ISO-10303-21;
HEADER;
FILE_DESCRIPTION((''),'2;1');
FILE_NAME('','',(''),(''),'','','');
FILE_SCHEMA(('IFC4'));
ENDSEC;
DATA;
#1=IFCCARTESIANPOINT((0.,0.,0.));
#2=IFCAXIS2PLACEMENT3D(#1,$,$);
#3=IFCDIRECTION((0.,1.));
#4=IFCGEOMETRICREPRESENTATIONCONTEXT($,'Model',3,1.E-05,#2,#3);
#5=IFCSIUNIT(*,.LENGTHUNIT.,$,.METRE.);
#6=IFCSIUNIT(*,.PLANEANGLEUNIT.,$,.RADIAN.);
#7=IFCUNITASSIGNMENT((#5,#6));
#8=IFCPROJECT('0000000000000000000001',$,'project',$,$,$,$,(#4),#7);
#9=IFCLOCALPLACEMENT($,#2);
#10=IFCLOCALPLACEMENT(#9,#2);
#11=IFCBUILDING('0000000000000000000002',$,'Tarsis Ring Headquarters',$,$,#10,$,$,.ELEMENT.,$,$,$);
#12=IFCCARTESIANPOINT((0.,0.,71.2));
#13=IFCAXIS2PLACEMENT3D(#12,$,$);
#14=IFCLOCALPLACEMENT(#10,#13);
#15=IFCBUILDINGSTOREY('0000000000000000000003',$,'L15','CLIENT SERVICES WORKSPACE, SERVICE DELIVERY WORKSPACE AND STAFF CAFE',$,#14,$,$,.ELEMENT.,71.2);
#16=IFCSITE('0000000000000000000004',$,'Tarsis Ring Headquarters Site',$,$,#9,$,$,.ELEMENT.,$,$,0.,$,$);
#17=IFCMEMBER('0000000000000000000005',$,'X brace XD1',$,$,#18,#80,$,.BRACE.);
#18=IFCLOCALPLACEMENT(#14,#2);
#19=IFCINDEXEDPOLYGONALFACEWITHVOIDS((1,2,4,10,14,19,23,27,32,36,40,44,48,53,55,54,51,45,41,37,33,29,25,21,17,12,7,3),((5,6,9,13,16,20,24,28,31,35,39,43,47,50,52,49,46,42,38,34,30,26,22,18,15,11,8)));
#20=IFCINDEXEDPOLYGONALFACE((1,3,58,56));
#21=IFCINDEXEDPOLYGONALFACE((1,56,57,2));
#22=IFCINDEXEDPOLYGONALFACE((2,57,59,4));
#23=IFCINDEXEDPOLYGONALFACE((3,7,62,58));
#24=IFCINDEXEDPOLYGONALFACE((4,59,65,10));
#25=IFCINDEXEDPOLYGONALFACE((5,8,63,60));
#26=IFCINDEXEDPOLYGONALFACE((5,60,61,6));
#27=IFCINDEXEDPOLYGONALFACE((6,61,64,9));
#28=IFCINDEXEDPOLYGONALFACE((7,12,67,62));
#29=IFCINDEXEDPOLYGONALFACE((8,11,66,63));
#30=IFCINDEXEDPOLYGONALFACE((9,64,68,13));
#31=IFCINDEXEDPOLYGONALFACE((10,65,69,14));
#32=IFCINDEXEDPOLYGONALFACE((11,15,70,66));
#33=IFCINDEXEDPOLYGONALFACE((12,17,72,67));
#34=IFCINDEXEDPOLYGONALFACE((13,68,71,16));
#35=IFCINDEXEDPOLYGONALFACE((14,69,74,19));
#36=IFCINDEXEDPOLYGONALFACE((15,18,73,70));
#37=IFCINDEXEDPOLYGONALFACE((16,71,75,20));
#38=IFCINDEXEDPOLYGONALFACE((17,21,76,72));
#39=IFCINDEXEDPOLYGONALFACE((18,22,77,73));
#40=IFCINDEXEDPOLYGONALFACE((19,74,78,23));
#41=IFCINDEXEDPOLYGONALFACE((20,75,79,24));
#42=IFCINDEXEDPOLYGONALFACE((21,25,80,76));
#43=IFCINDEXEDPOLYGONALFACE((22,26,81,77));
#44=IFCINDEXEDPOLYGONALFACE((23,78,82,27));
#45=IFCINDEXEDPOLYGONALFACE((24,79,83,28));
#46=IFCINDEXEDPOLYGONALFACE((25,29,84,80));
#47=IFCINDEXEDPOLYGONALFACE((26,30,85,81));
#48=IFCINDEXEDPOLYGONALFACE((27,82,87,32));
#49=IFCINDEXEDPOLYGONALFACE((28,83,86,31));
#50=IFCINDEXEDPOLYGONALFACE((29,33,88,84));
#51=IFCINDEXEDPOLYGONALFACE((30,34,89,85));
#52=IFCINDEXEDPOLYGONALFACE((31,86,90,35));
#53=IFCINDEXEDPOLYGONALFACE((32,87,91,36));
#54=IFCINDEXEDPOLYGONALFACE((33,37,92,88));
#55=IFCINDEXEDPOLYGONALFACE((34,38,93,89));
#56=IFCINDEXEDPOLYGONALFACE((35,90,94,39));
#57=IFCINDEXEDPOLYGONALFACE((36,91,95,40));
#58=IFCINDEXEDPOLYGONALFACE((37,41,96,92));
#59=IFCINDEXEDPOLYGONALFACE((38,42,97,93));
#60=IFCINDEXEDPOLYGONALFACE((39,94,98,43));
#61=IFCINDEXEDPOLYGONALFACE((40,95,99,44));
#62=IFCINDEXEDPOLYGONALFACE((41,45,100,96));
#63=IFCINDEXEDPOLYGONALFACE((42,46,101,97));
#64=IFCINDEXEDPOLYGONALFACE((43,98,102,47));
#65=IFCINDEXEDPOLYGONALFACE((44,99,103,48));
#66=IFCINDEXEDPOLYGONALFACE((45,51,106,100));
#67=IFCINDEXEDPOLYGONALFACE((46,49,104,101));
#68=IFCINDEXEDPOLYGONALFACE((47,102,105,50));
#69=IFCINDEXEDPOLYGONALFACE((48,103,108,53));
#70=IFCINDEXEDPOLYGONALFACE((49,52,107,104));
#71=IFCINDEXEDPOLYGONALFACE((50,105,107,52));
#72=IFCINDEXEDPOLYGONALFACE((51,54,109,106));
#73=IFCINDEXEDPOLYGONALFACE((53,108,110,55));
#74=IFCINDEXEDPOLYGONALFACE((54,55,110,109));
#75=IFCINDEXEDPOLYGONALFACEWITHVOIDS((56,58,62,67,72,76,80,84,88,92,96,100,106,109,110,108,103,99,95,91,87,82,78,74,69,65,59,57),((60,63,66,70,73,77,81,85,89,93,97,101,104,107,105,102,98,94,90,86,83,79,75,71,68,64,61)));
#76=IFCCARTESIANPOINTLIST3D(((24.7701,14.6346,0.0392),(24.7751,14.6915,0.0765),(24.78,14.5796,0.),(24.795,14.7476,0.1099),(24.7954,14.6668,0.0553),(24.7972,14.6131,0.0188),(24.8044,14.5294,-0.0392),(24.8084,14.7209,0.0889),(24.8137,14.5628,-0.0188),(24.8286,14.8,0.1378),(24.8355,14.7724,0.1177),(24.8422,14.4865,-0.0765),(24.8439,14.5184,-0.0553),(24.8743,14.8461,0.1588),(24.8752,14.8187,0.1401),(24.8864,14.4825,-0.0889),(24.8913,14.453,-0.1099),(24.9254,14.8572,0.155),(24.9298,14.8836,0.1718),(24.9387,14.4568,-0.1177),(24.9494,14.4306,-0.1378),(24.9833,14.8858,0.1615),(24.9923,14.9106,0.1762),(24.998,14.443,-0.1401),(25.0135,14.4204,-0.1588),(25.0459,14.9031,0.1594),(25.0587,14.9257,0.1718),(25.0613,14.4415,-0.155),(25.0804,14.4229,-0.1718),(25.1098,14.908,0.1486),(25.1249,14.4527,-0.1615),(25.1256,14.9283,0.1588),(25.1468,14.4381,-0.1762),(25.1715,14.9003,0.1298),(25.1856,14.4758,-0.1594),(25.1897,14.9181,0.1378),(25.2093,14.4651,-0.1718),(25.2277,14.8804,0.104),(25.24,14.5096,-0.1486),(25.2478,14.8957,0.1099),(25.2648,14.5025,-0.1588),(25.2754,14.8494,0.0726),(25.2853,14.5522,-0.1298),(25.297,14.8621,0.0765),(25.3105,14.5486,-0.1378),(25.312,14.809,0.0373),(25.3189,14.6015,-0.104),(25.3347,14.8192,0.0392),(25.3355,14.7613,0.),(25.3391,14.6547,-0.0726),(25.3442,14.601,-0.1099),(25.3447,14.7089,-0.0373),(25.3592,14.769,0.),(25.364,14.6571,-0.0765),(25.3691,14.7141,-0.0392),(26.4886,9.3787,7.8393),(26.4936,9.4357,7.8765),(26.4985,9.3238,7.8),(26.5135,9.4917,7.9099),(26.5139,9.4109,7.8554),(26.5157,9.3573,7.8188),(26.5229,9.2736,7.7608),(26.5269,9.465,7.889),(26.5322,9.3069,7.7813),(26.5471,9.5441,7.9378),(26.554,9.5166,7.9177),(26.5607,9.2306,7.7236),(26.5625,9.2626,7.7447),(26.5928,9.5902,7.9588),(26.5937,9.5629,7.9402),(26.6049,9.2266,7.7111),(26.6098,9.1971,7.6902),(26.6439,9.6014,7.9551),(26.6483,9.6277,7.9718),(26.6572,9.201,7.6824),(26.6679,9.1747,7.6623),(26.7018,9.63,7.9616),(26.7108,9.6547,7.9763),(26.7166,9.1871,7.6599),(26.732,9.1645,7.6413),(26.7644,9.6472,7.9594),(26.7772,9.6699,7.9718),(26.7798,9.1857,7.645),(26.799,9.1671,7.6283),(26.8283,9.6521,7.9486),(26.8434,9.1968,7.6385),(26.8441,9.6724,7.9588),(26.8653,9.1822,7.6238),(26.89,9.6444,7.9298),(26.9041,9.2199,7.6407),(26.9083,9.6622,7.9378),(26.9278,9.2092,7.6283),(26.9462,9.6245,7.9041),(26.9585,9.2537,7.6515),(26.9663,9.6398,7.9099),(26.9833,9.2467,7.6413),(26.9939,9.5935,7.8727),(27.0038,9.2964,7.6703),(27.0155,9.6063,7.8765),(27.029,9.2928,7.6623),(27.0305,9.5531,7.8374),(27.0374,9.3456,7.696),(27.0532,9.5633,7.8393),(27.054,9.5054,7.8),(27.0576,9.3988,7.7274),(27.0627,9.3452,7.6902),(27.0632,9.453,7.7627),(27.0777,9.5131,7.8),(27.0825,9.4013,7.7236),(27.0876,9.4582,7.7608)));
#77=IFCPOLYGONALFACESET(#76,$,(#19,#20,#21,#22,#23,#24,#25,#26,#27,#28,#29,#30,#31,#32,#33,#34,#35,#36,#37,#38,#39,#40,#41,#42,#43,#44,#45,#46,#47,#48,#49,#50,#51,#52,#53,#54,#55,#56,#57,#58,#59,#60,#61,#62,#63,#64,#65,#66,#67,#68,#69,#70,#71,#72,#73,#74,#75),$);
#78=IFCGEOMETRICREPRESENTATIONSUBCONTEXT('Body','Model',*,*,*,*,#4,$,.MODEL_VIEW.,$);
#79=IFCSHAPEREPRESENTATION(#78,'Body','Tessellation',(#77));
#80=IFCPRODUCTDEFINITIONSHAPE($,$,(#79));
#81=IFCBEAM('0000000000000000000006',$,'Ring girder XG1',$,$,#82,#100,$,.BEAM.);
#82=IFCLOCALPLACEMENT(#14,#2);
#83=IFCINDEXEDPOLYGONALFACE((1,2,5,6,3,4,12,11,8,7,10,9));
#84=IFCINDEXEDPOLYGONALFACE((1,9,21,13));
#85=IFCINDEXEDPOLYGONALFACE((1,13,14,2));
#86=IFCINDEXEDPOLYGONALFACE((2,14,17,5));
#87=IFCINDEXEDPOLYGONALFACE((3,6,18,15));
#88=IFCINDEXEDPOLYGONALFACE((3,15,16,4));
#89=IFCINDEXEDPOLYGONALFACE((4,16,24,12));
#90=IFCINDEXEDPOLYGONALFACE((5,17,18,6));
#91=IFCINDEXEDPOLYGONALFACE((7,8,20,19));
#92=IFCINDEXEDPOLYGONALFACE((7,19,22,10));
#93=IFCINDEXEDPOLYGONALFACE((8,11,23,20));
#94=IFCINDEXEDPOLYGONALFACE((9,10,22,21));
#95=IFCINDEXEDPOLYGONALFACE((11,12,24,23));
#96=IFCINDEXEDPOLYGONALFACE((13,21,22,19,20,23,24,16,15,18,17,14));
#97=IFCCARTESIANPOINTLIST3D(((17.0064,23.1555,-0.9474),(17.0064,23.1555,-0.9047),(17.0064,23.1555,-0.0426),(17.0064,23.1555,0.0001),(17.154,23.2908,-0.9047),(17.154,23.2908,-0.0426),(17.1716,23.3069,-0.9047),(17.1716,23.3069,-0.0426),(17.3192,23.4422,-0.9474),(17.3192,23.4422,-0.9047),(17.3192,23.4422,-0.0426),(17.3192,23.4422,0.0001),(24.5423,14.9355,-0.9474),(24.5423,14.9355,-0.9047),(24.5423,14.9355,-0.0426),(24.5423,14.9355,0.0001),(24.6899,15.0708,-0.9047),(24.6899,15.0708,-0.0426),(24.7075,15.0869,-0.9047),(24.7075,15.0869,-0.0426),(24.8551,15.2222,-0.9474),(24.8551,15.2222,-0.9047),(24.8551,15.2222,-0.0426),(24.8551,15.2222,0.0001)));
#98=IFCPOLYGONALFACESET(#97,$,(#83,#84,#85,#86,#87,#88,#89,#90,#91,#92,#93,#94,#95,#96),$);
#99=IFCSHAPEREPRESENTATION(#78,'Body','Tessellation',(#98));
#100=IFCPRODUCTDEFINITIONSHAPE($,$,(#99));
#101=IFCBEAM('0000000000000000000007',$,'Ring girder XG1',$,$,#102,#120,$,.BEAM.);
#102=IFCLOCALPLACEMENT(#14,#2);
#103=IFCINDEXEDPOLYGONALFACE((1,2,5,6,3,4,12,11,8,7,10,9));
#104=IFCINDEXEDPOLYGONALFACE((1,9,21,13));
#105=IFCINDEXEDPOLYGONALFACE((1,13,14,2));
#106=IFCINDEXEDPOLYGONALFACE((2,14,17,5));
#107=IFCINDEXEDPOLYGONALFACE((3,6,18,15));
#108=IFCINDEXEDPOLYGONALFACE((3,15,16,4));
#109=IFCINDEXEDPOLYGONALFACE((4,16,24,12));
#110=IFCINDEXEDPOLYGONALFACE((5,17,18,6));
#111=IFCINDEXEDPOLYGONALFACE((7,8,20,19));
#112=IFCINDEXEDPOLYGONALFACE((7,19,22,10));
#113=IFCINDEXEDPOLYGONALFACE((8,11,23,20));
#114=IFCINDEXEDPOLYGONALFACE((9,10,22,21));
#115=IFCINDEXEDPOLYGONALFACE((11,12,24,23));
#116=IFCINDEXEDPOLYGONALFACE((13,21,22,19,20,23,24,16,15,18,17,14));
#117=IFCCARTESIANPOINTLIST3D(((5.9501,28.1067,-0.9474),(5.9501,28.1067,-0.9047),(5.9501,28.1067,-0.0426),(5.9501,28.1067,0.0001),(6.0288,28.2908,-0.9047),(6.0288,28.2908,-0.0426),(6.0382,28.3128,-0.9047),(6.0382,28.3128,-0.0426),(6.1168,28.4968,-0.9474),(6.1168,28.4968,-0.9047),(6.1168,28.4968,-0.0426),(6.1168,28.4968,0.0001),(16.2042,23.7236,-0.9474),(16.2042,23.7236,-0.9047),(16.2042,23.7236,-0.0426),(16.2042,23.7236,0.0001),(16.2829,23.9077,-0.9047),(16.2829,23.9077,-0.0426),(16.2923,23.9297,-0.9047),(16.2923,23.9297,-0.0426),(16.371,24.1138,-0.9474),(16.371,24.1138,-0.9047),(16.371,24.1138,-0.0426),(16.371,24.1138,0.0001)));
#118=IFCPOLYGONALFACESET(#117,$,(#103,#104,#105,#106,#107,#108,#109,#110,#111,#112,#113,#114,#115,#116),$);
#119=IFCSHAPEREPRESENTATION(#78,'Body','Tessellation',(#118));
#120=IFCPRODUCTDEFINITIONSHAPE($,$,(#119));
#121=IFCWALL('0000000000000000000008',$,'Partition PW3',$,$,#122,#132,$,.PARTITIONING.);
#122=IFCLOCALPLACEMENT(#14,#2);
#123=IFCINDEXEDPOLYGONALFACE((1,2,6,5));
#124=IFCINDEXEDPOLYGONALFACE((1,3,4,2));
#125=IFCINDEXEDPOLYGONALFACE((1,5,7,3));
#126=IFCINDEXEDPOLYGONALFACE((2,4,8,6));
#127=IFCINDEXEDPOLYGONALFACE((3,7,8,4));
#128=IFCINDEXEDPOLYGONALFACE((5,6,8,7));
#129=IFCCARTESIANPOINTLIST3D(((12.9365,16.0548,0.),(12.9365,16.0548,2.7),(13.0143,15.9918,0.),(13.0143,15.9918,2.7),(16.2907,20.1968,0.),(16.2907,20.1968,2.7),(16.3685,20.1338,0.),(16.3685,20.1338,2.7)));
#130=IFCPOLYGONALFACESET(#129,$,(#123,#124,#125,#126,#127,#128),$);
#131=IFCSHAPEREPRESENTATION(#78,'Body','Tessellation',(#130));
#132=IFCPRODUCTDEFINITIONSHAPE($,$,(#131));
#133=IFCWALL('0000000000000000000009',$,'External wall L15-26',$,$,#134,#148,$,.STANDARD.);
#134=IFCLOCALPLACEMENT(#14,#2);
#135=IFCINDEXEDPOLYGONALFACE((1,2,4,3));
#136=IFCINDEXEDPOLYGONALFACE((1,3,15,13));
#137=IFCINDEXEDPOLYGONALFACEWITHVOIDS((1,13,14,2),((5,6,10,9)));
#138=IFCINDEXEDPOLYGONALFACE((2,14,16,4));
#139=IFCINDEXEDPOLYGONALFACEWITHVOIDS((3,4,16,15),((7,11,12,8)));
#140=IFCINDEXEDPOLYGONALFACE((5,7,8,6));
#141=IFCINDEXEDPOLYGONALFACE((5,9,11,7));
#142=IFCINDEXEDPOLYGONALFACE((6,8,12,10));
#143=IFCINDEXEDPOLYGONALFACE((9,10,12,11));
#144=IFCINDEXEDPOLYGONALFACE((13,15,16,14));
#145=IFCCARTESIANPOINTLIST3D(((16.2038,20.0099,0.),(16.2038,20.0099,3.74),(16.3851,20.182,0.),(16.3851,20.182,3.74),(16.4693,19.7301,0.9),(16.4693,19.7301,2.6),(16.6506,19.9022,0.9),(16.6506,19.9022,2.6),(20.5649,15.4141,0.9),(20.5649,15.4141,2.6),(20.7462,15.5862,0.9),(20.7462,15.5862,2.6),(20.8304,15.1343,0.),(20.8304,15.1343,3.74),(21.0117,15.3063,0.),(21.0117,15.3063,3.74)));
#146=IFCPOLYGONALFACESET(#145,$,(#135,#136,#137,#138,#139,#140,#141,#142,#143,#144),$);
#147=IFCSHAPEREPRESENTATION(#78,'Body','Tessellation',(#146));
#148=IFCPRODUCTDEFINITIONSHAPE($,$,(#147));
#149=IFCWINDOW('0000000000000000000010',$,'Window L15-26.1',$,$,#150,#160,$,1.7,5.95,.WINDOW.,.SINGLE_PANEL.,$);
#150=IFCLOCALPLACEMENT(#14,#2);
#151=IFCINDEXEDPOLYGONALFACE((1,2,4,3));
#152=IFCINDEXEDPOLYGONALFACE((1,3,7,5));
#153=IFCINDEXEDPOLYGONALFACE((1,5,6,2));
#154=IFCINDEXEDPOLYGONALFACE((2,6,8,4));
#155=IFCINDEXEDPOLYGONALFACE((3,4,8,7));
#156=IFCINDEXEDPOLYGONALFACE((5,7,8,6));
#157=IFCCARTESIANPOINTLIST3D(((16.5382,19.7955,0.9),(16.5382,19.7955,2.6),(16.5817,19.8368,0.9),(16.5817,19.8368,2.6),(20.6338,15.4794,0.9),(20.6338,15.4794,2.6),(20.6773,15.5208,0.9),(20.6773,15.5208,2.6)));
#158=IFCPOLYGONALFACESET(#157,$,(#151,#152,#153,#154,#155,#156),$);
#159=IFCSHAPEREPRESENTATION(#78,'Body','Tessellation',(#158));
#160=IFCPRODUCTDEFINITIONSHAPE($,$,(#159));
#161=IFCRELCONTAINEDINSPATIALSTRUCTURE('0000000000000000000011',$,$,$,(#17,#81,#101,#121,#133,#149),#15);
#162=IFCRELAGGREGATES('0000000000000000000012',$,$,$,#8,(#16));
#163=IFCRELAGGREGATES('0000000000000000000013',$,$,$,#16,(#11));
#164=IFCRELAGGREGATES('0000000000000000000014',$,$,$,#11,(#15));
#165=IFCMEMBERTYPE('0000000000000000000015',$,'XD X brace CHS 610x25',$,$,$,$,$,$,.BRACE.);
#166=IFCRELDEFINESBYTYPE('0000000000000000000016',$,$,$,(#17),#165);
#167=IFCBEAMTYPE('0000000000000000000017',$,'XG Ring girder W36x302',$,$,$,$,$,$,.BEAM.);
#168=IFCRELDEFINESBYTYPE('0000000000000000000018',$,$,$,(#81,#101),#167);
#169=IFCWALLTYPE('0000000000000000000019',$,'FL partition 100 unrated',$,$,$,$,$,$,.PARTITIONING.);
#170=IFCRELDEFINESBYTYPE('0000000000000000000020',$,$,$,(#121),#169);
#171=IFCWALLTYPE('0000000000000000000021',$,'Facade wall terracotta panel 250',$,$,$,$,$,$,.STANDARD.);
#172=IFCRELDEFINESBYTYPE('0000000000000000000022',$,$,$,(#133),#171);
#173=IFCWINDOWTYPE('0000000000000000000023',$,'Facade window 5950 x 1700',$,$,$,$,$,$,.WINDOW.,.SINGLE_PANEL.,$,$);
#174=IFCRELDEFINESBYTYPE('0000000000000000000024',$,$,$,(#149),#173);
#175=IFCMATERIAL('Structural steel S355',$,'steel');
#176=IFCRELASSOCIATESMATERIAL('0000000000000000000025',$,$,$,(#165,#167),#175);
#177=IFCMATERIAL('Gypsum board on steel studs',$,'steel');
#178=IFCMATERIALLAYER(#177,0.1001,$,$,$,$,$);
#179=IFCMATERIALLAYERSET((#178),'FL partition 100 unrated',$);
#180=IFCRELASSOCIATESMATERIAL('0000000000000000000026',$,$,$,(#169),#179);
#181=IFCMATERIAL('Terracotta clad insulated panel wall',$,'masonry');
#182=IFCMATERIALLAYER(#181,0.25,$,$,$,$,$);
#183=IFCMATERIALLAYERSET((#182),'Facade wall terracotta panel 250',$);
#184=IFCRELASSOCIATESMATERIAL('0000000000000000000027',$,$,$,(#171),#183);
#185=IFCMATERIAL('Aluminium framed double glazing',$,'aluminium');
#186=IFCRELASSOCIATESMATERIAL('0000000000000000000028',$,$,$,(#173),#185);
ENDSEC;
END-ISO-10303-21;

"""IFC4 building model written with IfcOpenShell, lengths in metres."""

from ifc_helpers import new_model, si_unit, direction, frame, frame_2d, origin, origin_2d, place, context, subcontext, project, spatial, rectangle, hollow_circle, i_section, extrude, material, layer, layer_set, material_profile, profile_set, type_object, element, fill, save


model = new_model("IFC4")

# Units and contexts
model_context = context("Model", 3, precision=1e-05, world=origin(), true_north=direction((0.0, 1.0)))
body_context = subcontext(model_context, "Body", "Model", "MODEL_VIEW")
ifc_project = project(units=[si_unit("LENGTHUNIT", "METRE"), si_unit("PLANEANGLEUNIT", "RADIAN")], contexts=[model_context])

# Site, building, storey
site_placement = place(None, origin())
site = spatial("IfcSite", under=ifc_project, at=site_placement, Name="Tarsis Ring Headquarters Site", CompositionType="ELEMENT", RefElevation=0.0)
building_placement = place(site_placement, origin())
building = spatial("IfcBuilding", under=site, at=building_placement, Name="Tarsis Ring Headquarters", CompositionType="ELEMENT")
storey_placement = place(building_placement, frame((0.0, 0.0, 71.2)))
storey = spatial("IfcBuildingStorey", under=building, at=storey_placement, Name="L15", Description="CLIENT SERVICES WORKSPACE, SERVICE DELIVERY WORKSPACE AND STAFF CAFE", CompositionType="ELEMENT", Elevation=71.2)

# Shared definitions
ifc_material_1 = material(Name="Structural steel S355", Category="steel")

# Member
ifc_material_profile_1 = material_profile(ifc_material_1, hollow_circle(Radius=0.3047, WallThickness=0.0249, at=origin_2d()), Name="CHS 610x25")
ifc_profile_set_1 = profile_set([ifc_material_profile_1], Name="Structural steel S355")
member_type = type_object("IfcMemberType", Name="XD X brace CHS 610x25", PredefinedType="BRACE", material=ifc_profile_set_1)
member_placement = place(storey_placement, frame((25.0696, 14.6743, 0.0), z_axis=(0.179736, -0.549702, 0.815795), x_axis=(0.950482, 0.310779, 0.0)))
element("IfcMember", 1, at=member_placement, inside=storey, type_object=member_type, Name="X brace XD1", PredefinedType="BRACE", context=body_context, shape_type="SweptSolid", body=[
    extrude(hollow_circle(Radius=0.3047, WallThickness=0.0249, at=origin_2d()), origin(), (0.0, 0.0, 1.0), 9.5613),
])

# Beams
ifc_material_profile_2 = material_profile(ifc_material_1, i_section(OverallWidth=0.4243, OverallDepth=0.9475, WebThickness=0.0239, FlangeThickness=0.0427, at=origin_2d()), Name="W36x302")
ifc_profile_set_2 = profile_set([ifc_material_profile_2], Name="Structural steel S355")
beam_type_1 = type_object("IfcBeamType", Name="XG Ring girder W36x302", PredefinedType="BEAM", material=ifc_profile_set_2)
for number, where, z_axis, x_axis, name in (
    (2, (24.6987, 15.0789, -0.4736), (-0.675769, 0.737113, 0.0), (-0.737113, -0.675769, 0.0), "Ring girder XG1"),
    (3, (16.2876, 23.9187, -0.4736), (-0.919521, 0.393042, 0.0), (-0.393042, -0.919521, 0.0), "Ring girder XG1"),
):
    element("IfcBeam", number, at=place(storey_placement, frame(where, z_axis=z_axis, x_axis=x_axis)), inside=storey, type_object=beam_type_1, Name=name, PredefinedType="BEAM", context=body_context, shape_type="SweptSolid", body=[
        extrude(i_section(OverallWidth=0.4243, OverallDepth=0.9475, WebThickness=0.0239, FlangeThickness=0.0427, at=origin_2d()), origin(), (0.0, 0.0, 1.0), 11.1516),
    ])

# Wall
ifc_material_2 = material(Name="Gypsum board on steel studs", Category="steel")
ifc_layer_1 = layer(ifc_material_2, 0.1001)
ifc_layer_set_1 = layer_set([ifc_layer_1], Name="FL partition 100 unrated")
wall_type_1 = type_object("IfcWallType", Name="FL partition 100 unrated", PredefinedType="PARTITIONING", material=ifc_layer_set_1)
wall_1_placement = place(storey_placement, frame((12.9753, 16.0232, 0.0), z_axis=(0.0, 0.0, 1.0), x_axis=(0.629326, 0.777141, 0.0)))
element("IfcWall", 4, at=wall_1_placement, inside=storey, type_object=wall_type_1, Name="Partition PW3", PredefinedType="PARTITIONING", context=body_context, shape_type="SweptSolid", body=[
    extrude(rectangle(XDim=5.3298, YDim=0.1001, at=frame_2d((2.665, 0.0))), origin(), (0.0, 0.0, 1.0), 2.7),
])

# Wall, opening, window
ifc_material_3 = material(Name="Terracotta clad insulated panel wall", Category="masonry")
ifc_layer_2 = layer(ifc_material_3, 0.25)
ifc_layer_set_2 = layer_set([ifc_layer_2], Name="Facade wall terracotta panel 250")
wall_type_2 = type_object("IfcWallType", Name="Facade wall terracotta panel 250", PredefinedType="STANDARD", material=ifc_layer_set_2)
wall_2_placement = place(storey_placement, frame((20.9211, 15.2202, 0.0), z_axis=(0.0, 0.0, 1.0), x_axis=(-0.68834, 0.725388, 0.0)))
wall_2 = element("IfcWall", 5, at=wall_2_placement, inside=storey, type_object=wall_type_2, Name="External wall L15-26", PredefinedType="STANDARD", context=body_context, shape_type="SweptSolid", body=[
    extrude(rectangle(XDim=6.7214, YDim=0.25, at=frame_2d((3.3608, 0.0))), origin(), (0.0, 0.0, 1.0), 3.74),
])
opening_1_placement = place(wall_2_placement, frame((0.3857, 0.0, 0.8999)))
opening_1 = element("IfcOpeningElement", 6, at=opening_1_placement, cuts=wall_2, PredefinedType="OPENING", context=body_context, shape_type="SweptSolid", body=[
    extrude(rectangle(XDim=5.95, YDim=1.7, at=frame_2d((2.9751, 0.8501))), frame((0.0, 0.135, 0.0), z_axis=(0.0, -1.0, 0.0), x_axis=(1.0, 0.0, 0.0)), (0.0, 0.0, 1.0), 0.27),
])
ifc_material_4 = material(Name="Aluminium framed double glazing", Category="aluminium")
window_type = type_object("IfcWindowType", Name="Facade window 5950 x 1700", PartitioningType="SINGLE_PANEL", PredefinedType="WINDOW", material=ifc_material_4)
window_1_placement = place(opening_1_placement, origin())
window_1 = element("IfcWindow", 7, at=window_1_placement, inside=storey, type_object=window_type, Name="Window L15-26.1", OverallHeight=1.7, OverallWidth=5.95, PartitioningType="SINGLE_PANEL", PredefinedType="WINDOW", context=body_context, shape_type="SweptSolid", body=[
    extrude(rectangle(XDim=5.95, YDim=1.7, at=frame_2d((2.9751, 0.8501))), frame((0.0, 0.03, 0.0), z_axis=(0.0, -1.0, 0.0), x_axis=(1.0, 0.0, 0.0)), (0.0, 0.0, 1.0), 0.0601),
])
fill(opening_1, window_1)

save(model, "model.ifc")
